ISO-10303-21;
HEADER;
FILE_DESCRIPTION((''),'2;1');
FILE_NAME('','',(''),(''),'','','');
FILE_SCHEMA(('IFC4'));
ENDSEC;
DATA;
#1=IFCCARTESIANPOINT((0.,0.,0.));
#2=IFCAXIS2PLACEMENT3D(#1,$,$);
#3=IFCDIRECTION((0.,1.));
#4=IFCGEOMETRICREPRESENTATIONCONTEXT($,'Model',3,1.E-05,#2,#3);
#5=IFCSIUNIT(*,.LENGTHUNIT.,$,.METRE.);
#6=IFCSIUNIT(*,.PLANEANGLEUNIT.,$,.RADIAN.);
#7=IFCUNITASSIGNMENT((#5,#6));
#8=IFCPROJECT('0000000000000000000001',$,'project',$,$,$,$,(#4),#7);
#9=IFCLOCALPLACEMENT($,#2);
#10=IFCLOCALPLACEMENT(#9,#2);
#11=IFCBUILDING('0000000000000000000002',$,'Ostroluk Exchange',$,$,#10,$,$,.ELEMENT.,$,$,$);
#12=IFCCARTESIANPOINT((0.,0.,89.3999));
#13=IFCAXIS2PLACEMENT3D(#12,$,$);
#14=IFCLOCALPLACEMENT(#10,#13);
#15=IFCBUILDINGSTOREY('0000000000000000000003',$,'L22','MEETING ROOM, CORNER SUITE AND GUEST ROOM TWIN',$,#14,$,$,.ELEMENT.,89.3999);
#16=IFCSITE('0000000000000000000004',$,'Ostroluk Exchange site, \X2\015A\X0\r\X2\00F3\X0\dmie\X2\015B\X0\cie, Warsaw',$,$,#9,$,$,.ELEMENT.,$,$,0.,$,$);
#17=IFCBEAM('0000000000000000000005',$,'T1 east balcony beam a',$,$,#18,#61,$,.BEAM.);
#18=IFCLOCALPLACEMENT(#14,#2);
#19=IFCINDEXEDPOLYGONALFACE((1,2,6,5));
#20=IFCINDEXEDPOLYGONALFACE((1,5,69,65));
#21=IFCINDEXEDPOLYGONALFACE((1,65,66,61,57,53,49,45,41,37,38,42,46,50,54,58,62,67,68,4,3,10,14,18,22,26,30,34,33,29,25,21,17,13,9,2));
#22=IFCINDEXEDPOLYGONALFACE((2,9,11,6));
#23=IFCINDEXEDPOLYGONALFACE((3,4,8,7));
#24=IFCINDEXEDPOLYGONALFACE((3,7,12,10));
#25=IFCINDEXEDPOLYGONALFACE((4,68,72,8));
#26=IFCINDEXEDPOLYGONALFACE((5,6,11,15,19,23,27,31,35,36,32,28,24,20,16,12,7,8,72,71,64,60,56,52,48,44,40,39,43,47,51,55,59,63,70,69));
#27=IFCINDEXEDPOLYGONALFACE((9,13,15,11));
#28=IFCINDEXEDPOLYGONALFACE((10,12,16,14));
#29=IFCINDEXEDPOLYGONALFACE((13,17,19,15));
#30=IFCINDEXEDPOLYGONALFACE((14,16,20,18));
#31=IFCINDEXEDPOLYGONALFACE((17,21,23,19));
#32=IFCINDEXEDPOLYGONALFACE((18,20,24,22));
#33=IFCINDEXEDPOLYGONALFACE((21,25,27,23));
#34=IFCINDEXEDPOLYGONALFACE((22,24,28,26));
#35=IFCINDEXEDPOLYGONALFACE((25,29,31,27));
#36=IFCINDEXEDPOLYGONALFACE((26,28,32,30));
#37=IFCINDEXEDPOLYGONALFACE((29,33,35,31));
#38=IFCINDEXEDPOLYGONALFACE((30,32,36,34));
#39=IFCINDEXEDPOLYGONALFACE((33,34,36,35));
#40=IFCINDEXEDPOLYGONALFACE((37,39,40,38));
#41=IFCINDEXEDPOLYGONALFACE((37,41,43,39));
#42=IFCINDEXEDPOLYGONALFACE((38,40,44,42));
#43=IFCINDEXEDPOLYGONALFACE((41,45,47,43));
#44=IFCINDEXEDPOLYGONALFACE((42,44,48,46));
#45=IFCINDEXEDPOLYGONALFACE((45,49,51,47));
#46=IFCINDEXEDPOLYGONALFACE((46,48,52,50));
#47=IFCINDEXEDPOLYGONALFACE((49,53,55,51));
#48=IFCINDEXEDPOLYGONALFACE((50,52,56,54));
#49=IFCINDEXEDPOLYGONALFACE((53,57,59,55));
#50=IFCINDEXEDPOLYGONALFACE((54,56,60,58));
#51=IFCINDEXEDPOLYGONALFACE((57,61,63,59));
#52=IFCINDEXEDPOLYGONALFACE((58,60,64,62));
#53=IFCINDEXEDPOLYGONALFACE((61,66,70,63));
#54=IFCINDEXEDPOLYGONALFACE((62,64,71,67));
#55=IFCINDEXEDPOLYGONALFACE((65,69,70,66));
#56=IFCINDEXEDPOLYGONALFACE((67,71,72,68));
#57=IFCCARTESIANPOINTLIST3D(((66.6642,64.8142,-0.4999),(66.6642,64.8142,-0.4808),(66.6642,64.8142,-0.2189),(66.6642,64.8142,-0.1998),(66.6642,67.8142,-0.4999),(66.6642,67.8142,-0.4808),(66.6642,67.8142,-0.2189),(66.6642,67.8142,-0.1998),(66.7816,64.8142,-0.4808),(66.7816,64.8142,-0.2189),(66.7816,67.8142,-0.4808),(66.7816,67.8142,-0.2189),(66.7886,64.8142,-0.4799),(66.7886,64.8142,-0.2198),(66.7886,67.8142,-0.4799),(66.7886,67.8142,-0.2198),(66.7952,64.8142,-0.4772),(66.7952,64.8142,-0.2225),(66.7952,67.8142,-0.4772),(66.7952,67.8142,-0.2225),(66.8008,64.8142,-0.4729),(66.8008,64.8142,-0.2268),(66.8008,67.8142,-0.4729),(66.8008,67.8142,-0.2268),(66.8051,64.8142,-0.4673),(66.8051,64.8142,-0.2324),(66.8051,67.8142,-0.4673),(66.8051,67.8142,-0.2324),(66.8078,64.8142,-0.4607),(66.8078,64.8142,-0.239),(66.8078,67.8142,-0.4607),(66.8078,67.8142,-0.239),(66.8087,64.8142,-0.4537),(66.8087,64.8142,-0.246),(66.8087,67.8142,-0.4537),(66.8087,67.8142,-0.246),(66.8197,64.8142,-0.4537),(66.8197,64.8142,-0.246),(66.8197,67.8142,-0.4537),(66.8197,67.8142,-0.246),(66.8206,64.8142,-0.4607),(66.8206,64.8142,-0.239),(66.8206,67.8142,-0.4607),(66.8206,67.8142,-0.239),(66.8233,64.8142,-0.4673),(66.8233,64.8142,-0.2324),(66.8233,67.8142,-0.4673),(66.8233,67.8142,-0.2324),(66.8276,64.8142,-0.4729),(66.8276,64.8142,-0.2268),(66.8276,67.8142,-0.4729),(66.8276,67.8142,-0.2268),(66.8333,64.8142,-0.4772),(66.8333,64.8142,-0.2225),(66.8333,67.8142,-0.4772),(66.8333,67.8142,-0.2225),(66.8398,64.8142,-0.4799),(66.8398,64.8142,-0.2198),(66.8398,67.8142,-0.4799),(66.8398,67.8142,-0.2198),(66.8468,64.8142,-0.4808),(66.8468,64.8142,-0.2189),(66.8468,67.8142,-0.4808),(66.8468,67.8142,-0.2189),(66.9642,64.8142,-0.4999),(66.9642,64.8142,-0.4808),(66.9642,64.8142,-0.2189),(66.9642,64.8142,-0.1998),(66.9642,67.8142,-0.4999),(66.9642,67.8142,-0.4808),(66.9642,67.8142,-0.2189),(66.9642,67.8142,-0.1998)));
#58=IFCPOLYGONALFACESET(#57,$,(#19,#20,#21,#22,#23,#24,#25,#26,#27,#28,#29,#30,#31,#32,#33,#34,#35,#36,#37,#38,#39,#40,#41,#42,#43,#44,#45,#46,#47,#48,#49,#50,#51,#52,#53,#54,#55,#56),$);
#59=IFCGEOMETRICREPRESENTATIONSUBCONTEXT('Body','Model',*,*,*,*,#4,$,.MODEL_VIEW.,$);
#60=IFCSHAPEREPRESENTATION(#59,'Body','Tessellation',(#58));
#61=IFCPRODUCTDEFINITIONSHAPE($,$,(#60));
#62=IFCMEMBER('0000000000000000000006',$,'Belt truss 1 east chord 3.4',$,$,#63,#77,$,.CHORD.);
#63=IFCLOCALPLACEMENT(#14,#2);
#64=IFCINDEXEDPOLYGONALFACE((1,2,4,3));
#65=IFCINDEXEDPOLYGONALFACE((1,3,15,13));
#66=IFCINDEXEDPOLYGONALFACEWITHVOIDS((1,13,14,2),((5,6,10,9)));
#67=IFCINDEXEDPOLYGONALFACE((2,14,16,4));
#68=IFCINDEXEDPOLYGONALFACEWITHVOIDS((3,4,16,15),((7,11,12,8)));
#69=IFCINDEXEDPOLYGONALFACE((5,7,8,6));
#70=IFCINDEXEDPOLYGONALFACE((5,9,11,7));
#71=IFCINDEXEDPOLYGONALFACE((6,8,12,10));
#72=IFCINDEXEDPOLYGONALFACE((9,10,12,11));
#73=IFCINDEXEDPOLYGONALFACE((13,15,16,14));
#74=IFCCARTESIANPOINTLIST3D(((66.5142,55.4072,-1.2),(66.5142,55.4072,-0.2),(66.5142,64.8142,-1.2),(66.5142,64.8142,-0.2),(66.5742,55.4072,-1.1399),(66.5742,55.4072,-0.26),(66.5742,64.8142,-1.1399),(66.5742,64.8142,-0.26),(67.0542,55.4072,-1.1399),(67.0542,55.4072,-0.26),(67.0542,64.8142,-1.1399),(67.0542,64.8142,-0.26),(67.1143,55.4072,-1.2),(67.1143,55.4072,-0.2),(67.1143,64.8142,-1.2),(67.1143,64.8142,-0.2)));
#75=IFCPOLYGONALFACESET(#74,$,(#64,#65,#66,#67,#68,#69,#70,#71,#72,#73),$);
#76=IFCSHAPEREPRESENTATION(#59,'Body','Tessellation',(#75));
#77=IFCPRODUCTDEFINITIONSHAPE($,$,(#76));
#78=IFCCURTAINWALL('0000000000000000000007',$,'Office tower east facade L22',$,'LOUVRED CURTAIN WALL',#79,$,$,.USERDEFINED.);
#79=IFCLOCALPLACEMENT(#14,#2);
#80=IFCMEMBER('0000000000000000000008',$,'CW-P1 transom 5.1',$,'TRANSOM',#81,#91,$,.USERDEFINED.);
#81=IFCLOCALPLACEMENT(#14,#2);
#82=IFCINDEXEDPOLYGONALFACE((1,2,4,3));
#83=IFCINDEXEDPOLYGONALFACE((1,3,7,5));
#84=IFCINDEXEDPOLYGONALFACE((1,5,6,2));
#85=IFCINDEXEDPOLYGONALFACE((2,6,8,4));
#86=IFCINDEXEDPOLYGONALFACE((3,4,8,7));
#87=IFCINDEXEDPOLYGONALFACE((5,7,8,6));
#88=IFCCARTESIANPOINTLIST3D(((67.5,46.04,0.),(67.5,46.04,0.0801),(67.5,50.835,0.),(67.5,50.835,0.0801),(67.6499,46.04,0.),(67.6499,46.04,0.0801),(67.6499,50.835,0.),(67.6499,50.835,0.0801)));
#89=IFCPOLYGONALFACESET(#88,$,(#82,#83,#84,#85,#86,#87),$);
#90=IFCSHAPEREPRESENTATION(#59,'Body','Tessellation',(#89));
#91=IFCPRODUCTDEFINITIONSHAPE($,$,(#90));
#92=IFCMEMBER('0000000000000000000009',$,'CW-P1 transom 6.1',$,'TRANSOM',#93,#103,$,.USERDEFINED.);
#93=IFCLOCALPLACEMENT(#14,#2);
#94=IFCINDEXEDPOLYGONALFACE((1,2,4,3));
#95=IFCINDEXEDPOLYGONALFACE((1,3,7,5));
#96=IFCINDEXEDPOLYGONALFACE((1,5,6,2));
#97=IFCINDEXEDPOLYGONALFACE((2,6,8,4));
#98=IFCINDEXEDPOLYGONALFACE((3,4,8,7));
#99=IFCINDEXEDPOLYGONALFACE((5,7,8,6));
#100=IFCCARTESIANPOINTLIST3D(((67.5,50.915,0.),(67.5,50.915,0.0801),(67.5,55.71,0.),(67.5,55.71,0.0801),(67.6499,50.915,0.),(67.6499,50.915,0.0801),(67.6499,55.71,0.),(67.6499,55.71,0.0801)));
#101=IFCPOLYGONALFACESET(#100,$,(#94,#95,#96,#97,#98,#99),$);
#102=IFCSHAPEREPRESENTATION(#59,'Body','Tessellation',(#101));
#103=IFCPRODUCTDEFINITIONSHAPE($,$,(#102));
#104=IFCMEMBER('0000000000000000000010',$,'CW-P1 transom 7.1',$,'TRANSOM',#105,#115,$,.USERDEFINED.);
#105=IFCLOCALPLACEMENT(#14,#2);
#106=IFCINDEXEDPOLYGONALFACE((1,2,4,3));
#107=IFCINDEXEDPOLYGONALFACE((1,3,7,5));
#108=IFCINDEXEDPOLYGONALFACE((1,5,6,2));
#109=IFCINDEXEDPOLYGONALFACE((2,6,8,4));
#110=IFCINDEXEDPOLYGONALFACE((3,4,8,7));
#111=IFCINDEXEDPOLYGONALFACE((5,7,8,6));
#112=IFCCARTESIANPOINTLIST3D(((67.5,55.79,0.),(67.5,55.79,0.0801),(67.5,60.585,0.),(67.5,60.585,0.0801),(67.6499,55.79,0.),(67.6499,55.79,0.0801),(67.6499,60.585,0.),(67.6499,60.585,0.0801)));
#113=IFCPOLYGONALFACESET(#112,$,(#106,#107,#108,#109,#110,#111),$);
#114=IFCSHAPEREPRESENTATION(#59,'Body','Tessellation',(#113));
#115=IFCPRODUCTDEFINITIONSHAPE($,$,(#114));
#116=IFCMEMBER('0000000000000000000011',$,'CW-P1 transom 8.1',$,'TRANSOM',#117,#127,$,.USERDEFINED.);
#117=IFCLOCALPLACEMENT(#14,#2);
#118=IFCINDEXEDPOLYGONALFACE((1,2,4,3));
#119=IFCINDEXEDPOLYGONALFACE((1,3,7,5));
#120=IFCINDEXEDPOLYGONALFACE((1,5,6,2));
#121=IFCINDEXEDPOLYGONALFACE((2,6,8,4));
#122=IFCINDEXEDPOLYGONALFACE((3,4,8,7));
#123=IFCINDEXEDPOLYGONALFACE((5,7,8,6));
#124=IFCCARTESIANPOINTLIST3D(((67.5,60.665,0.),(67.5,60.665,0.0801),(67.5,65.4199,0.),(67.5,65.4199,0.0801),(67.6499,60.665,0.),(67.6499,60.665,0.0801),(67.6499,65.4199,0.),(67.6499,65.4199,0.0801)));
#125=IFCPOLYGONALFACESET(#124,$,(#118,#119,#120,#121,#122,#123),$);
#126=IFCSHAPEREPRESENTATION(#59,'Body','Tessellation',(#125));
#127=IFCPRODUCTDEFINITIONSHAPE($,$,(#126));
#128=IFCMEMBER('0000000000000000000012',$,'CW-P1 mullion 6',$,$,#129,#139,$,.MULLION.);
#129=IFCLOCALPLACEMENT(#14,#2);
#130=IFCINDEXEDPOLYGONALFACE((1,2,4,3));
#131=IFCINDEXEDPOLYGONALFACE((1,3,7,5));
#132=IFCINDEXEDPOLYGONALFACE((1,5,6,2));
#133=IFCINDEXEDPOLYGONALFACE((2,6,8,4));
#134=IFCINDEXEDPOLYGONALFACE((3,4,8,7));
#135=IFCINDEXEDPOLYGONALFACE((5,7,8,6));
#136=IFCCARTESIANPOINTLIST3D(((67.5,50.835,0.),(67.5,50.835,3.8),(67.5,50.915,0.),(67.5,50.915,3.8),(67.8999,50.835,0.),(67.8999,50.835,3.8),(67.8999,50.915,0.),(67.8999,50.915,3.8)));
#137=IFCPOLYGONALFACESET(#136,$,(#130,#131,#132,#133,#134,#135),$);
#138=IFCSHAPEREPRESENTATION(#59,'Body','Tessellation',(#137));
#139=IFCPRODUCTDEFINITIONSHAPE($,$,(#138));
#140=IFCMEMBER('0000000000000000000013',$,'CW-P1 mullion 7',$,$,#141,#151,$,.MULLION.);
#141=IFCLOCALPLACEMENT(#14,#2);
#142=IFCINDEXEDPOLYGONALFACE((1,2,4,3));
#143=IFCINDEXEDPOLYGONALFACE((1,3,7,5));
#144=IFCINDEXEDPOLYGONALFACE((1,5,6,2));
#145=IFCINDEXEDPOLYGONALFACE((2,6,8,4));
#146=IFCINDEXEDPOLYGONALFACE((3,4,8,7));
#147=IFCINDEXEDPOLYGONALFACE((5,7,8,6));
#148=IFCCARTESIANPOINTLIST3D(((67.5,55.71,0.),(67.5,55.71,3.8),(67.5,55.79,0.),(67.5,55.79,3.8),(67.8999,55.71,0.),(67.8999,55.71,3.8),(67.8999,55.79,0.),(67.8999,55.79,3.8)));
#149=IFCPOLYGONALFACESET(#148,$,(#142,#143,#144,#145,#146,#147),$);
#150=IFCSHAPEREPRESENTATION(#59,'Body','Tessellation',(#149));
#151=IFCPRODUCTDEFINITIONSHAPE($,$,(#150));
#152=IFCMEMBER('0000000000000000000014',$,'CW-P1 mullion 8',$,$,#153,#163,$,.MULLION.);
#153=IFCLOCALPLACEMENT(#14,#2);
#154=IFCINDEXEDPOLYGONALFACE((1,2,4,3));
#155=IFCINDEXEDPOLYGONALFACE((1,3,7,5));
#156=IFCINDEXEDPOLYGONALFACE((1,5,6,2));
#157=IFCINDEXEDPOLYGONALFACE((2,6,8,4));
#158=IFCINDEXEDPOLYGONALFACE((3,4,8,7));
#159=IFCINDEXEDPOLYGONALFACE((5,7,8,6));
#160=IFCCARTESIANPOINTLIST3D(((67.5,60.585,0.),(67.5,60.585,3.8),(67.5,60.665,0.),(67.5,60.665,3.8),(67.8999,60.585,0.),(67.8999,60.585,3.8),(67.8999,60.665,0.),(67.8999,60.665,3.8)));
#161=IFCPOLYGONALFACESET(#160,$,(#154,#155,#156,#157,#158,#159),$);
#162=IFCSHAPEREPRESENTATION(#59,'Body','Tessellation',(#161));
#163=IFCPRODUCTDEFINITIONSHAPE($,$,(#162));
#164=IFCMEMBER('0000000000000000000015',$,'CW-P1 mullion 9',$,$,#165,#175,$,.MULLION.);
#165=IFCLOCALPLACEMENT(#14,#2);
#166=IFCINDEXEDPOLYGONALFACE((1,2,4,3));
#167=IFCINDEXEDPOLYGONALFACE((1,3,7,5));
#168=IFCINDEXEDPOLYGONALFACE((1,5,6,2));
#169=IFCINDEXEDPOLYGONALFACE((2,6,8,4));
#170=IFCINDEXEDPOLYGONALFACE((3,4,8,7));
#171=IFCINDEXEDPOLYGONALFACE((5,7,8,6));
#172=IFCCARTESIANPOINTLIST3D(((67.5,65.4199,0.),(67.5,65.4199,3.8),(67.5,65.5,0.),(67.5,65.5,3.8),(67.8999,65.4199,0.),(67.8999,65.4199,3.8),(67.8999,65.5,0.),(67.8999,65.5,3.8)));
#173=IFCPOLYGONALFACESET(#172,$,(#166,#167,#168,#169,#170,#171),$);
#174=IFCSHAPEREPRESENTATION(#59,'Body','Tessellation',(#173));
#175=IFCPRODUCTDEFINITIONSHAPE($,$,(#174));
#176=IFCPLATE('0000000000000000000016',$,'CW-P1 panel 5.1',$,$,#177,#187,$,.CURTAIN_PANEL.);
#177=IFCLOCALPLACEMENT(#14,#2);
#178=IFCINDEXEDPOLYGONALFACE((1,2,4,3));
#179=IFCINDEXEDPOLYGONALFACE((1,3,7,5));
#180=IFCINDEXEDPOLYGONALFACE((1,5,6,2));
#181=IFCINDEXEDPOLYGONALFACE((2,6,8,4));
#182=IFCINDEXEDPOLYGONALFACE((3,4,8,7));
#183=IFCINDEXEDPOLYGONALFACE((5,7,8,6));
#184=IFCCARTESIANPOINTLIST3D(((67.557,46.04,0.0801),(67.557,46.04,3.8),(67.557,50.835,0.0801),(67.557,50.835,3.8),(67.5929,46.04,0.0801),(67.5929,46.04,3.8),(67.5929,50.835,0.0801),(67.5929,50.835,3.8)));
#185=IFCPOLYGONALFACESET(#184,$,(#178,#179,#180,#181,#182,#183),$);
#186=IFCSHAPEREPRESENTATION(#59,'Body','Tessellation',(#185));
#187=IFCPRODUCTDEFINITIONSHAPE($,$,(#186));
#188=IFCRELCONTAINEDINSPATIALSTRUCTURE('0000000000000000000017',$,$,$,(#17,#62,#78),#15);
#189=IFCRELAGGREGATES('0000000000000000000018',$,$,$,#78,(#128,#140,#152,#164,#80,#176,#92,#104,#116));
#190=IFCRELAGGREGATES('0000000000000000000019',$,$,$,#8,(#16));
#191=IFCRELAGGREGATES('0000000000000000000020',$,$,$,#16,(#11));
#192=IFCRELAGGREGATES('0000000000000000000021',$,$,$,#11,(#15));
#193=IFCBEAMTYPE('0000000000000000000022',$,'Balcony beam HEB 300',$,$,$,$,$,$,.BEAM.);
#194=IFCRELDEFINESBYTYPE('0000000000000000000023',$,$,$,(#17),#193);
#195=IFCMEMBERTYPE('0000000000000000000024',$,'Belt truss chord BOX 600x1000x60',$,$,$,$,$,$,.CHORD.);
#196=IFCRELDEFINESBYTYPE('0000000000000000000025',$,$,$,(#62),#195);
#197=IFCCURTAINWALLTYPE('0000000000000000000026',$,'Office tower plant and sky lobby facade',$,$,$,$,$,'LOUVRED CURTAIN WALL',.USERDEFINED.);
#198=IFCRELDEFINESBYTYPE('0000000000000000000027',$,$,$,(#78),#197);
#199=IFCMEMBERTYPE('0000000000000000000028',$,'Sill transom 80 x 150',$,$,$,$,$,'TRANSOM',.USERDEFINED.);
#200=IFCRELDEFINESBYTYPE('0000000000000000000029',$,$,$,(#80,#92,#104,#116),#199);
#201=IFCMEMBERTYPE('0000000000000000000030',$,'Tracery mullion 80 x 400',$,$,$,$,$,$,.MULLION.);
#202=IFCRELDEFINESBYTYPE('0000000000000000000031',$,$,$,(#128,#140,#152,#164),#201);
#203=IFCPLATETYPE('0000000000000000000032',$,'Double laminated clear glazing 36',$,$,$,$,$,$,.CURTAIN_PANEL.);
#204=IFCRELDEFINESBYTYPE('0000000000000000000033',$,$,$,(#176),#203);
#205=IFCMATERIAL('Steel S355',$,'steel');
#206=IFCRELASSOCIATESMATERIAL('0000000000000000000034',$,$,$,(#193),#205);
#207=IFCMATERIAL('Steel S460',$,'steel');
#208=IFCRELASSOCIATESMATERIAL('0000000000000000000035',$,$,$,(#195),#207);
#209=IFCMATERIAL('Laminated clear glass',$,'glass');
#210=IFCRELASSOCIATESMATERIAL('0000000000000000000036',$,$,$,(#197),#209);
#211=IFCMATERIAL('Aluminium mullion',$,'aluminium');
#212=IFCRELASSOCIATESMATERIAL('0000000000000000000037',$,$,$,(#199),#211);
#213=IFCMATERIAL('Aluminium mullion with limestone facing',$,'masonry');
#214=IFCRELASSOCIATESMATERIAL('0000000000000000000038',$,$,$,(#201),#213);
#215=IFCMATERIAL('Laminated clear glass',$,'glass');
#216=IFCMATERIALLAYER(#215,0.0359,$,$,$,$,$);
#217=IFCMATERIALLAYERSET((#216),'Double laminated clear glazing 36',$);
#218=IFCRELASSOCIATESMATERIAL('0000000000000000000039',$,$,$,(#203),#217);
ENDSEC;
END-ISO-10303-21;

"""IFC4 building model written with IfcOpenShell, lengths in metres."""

from ifc_helpers import new_model, si_unit, direction, frame, origin, origin_2d, place, context, subcontext, project, spatial, rectangle, hollow_rectangle, i_section, extrude, material, layer, layer_set, material_profile, profile_set, type_object, element, aggregate, save


model = new_model("IFC4")

# Units and contexts
model_context = context("Model", 3, precision=1e-05, world=origin(), true_north=direction((0.0, 1.0)))
body_context = subcontext(model_context, "Body", "Model", "MODEL_VIEW")
ifc_project = project(units=[si_unit("LENGTHUNIT", "METRE"), si_unit("PLANEANGLEUNIT", "RADIAN")], contexts=[model_context])

# Site, building, storey
site_placement = place(None, origin())
site = spatial("IfcSite", under=ifc_project, at=site_placement, Name="Ostroluk Exchange site, Śródmieście, Warsaw", CompositionType="ELEMENT", RefElevation=0.0)
building_placement = place(site_placement, origin())
building = spatial("IfcBuilding", under=site, at=building_placement, Name="Ostroluk Exchange", CompositionType="ELEMENT")
storey_placement = place(building_placement, frame((0.0, 0.0, 89.3999)))
storey = spatial("IfcBuildingStorey", under=building, at=storey_placement, Name="L22", Description="MEETING ROOM, CORNER SUITE AND GUEST ROOM TWIN", CompositionType="ELEMENT", Elevation=89.3999)

# Beam
ifc_material_1 = material(Name="Steel S355", Category="steel")
ifc_material_profile_1 = material_profile(ifc_material_1, i_section(OverallWidth=0.3, OverallDepth=0.3, WebThickness=0.011, FlangeThickness=0.019, FilletRadius=0.0271, at=origin_2d()), Name="HEB 300")
ifc_profile_set_1 = profile_set([ifc_material_profile_1], Name="Steel S355")
beam_type = type_object("IfcBeamType", Name="Balcony beam HEB 300", PredefinedType="BEAM", material=ifc_profile_set_1)
beam_placement = place(storey_placement, frame((66.8142, 64.8142, -0.3499), z_axis=(0.0, 1.0, 0.0), x_axis=(-1.0, 0.0, 0.0)))
element("IfcBeam", 1, at=beam_placement, inside=storey, type_object=beam_type, Name="T1 east balcony beam a", PredefinedType="BEAM", context=body_context, shape_type="SweptSolid", body=[
    extrude(i_section(OverallWidth=0.3, OverallDepth=0.3, WebThickness=0.011, FlangeThickness=0.019, FilletRadius=0.0271, at=origin_2d()), origin(), (0.0, 0.0, 1.0), 3.0),
])

# Member
ifc_material_2 = material(Name="Steel S460", Category="steel")
ifc_material_profile_2 = material_profile(ifc_material_2, hollow_rectangle(XDim=0.6001, YDim=1.0, WallThickness=0.0601, at=origin_2d()), Name="BOX 600x1000x60")
ifc_profile_set_2 = profile_set([ifc_material_profile_2], Name="Steel S460")
member_type_1 = type_object("IfcMemberType", Name="Belt truss chord BOX 600x1000x60", PredefinedType="CHORD", material=ifc_profile_set_2)
member_1_placement = place(storey_placement, frame((66.8142, 55.4072, -0.7), z_axis=(0.0, 1.0, 0.0), x_axis=(-1.0, 0.0, 0.0)))
element("IfcMember", 2, at=member_1_placement, inside=storey, type_object=member_type_1, Name="Belt truss 1 east chord 3.4", PredefinedType="CHORD", context=body_context, shape_type="SweptSolid", body=[
    extrude(hollow_rectangle(XDim=0.6001, YDim=1.0, WallThickness=0.0601, at=origin_2d()), origin(), (0.0, 0.0, 1.0), 9.407),
])

# Curtain wall, members, plate
ifc_material_3 = material(Name="Laminated clear glass", Category="glass")
curtain_wall_type = type_object("IfcCurtainWallType", Name="Office tower plant and sky lobby facade", ElementType="LOUVRED CURTAIN WALL", PredefinedType="USERDEFINED", material=ifc_material_3)
curtain_wall_placement = place(storey_placement, origin())
curtain_wall = element("IfcCurtainWall", 3, at=curtain_wall_placement, inside=storey, type_object=curtain_wall_type, Name="Office tower east facade L22", ObjectType="LOUVRED CURTAIN WALL", PredefinedType="USERDEFINED")
ifc_material_4 = material(Name="Aluminium mullion", Category="aluminium")
ifc_material_profile_3 = material_profile(ifc_material_4, rectangle(XDim=0.1499, YDim=0.0801, at=origin_2d()), Name="Sill transom 80 x 150")
ifc_profile_set_3 = profile_set([ifc_material_profile_3], Name="Aluminium mullion")
member_type_2 = type_object("IfcMemberType", Name="Sill transom 80 x 150", ElementType="TRANSOM", PredefinedType="USERDEFINED", material=ifc_profile_set_3)
member_2_placement = place(storey_placement, frame((67.575, 46.04, 0.04), z_axis=(0.0, 1.0, 0.0), x_axis=(-1.0, 0.0, 0.0)))
member_2 = element("IfcMember", 4, at=member_2_placement, type_object=member_type_2, Name="CW-P1 transom 5.1", ObjectType="TRANSOM", PredefinedType="USERDEFINED", context=body_context, shape_type="SweptSolid", body=[
    extrude(rectangle(XDim=0.1499, YDim=0.0801, at=origin_2d()), origin(), (0.0, 0.0, 1.0), 4.7949),
])
member_3_placement = place(storey_placement, frame((67.575, 50.915, 0.04), z_axis=(0.0, 1.0, 0.0), x_axis=(-1.0, 0.0, 0.0)))
member_3 = element("IfcMember", 5, at=member_3_placement, type_object=member_type_2, Name="CW-P1 transom 6.1", ObjectType="TRANSOM", PredefinedType="USERDEFINED", context=body_context, shape_type="SweptSolid", body=[
    extrude(rectangle(XDim=0.1499, YDim=0.0801, at=origin_2d()), origin(), (0.0, 0.0, 1.0), 4.7949),
])
member_4_placement = place(storey_placement, frame((67.575, 55.79, 0.04), z_axis=(0.0, 1.0, 0.0), x_axis=(-1.0, 0.0, 0.0)))
member_4 = element("IfcMember", 6, at=member_4_placement, type_object=member_type_2, Name="CW-P1 transom 7.1", ObjectType="TRANSOM", PredefinedType="USERDEFINED", context=body_context, shape_type="SweptSolid", body=[
    extrude(rectangle(XDim=0.1499, YDim=0.0801, at=origin_2d()), origin(), (0.0, 0.0, 1.0), 4.7949),
])
member_5_placement = place(storey_placement, frame((67.575, 60.665, 0.04), z_axis=(0.0, 1.0, 0.0), x_axis=(-1.0, 0.0, 0.0)))
member_5 = element("IfcMember", 7, at=member_5_placement, type_object=member_type_2, Name="CW-P1 transom 8.1", ObjectType="TRANSOM", PredefinedType="USERDEFINED", context=body_context, shape_type="SweptSolid", body=[
    extrude(rectangle(XDim=0.1499, YDim=0.0801, at=origin_2d()), origin(), (0.0, 0.0, 1.0), 4.7549),
])
ifc_material_5 = material(Name="Aluminium mullion with limestone facing", Category="masonry")
ifc_material_profile_4 = material_profile(ifc_material_5, rectangle(XDim=0.3999, YDim=0.0801, at=origin_2d()), Name="Tracery mullion 80 x 400")
ifc_profile_set_4 = profile_set([ifc_material_profile_4], Name="Aluminium mullion with limestone facing")
member_type_3 = type_object("IfcMemberType", Name="Tracery mullion 80 x 400", PredefinedType="MULLION", material=ifc_profile_set_4)
member_6_placement = place(storey_placement, frame((67.7, 50.875, 0.0), z_axis=(0.0, 0.0, 1.0), x_axis=(-1.0, 0.0, 0.0)))
member_6 = element("IfcMember", 8, at=member_6_placement, type_object=member_type_3, Name="CW-P1 mullion 6", PredefinedType="MULLION", context=body_context, shape_type="SweptSolid", body=[
    extrude(rectangle(XDim=0.3999, YDim=0.0801, at=origin_2d()), origin(), (0.0, 0.0, 1.0), 3.8),
])
member_7_placement = place(storey_placement, frame((67.7, 55.75, 0.0), z_axis=(0.0, 0.0, 1.0), x_axis=(-1.0, 0.0, 0.0)))
member_7 = element("IfcMember", 9, at=member_7_placement, type_object=member_type_3, Name="CW-P1 mullion 7", PredefinedType="MULLION", context=body_context, shape_type="SweptSolid", body=[
    extrude(rectangle(XDim=0.3999, YDim=0.0801, at=origin_2d()), origin(), (0.0, 0.0, 1.0), 3.8),
])
member_8_placement = place(storey_placement, frame((67.7, 60.625, 0.0), z_axis=(0.0, 0.0, 1.0), x_axis=(-1.0, 0.0, 0.0)))
member_8 = element("IfcMember", 10, at=member_8_placement, type_object=member_type_3, Name="CW-P1 mullion 8", PredefinedType="MULLION", context=body_context, shape_type="SweptSolid", body=[
    extrude(rectangle(XDim=0.3999, YDim=0.0801, at=origin_2d()), origin(), (0.0, 0.0, 1.0), 3.8),
])
member_9_placement = place(storey_placement, frame((67.7, 65.46, 0.0), z_axis=(0.0, 0.0, 1.0), x_axis=(-1.0, 0.0, 0.0)))
member_9 = element("IfcMember", 11, at=member_9_placement, type_object=member_type_3, Name="CW-P1 mullion 9", PredefinedType="MULLION", context=body_context, shape_type="SweptSolid", body=[
    extrude(rectangle(XDim=0.3999, YDim=0.0801, at=origin_2d()), origin(), (0.0, 0.0, 1.0), 3.8),
])
ifc_material_6 = material(Name="Laminated clear glass", Category="glass")
ifc_layer_1 = layer(ifc_material_6, 0.0359)
ifc_layer_set_1 = layer_set([ifc_layer_1], Name="Double laminated clear glazing 36")
plate_type_1 = type_object("IfcPlateType", Name="Double laminated clear glazing 36", PredefinedType="CURTAIN_PANEL", material=ifc_layer_set_1)
plate_1_placement = place(storey_placement, frame((67.575, 48.4375, 0.0801), z_axis=(0.0, 0.0, 1.0), x_axis=(0.0, 1.0, 0.0)))
plate_1 = element("IfcPlate", 12, at=plate_1_placement, type_object=plate_type_1, Name="CW-P1 panel 5.1", PredefinedType="CURTAIN_PANEL", context=body_context, shape_type="SweptSolid", body=[
    extrude(rectangle(XDim=4.7949, YDim=0.0359, at=origin_2d()), origin(), (0.0, 0.0, 1.0), 3.72),
])
aggregate(curtain_wall, [member_6, member_7, member_8, member_9, member_2, plate_1, member_3, member_4, member_5])

save(model, "model.ifc")
